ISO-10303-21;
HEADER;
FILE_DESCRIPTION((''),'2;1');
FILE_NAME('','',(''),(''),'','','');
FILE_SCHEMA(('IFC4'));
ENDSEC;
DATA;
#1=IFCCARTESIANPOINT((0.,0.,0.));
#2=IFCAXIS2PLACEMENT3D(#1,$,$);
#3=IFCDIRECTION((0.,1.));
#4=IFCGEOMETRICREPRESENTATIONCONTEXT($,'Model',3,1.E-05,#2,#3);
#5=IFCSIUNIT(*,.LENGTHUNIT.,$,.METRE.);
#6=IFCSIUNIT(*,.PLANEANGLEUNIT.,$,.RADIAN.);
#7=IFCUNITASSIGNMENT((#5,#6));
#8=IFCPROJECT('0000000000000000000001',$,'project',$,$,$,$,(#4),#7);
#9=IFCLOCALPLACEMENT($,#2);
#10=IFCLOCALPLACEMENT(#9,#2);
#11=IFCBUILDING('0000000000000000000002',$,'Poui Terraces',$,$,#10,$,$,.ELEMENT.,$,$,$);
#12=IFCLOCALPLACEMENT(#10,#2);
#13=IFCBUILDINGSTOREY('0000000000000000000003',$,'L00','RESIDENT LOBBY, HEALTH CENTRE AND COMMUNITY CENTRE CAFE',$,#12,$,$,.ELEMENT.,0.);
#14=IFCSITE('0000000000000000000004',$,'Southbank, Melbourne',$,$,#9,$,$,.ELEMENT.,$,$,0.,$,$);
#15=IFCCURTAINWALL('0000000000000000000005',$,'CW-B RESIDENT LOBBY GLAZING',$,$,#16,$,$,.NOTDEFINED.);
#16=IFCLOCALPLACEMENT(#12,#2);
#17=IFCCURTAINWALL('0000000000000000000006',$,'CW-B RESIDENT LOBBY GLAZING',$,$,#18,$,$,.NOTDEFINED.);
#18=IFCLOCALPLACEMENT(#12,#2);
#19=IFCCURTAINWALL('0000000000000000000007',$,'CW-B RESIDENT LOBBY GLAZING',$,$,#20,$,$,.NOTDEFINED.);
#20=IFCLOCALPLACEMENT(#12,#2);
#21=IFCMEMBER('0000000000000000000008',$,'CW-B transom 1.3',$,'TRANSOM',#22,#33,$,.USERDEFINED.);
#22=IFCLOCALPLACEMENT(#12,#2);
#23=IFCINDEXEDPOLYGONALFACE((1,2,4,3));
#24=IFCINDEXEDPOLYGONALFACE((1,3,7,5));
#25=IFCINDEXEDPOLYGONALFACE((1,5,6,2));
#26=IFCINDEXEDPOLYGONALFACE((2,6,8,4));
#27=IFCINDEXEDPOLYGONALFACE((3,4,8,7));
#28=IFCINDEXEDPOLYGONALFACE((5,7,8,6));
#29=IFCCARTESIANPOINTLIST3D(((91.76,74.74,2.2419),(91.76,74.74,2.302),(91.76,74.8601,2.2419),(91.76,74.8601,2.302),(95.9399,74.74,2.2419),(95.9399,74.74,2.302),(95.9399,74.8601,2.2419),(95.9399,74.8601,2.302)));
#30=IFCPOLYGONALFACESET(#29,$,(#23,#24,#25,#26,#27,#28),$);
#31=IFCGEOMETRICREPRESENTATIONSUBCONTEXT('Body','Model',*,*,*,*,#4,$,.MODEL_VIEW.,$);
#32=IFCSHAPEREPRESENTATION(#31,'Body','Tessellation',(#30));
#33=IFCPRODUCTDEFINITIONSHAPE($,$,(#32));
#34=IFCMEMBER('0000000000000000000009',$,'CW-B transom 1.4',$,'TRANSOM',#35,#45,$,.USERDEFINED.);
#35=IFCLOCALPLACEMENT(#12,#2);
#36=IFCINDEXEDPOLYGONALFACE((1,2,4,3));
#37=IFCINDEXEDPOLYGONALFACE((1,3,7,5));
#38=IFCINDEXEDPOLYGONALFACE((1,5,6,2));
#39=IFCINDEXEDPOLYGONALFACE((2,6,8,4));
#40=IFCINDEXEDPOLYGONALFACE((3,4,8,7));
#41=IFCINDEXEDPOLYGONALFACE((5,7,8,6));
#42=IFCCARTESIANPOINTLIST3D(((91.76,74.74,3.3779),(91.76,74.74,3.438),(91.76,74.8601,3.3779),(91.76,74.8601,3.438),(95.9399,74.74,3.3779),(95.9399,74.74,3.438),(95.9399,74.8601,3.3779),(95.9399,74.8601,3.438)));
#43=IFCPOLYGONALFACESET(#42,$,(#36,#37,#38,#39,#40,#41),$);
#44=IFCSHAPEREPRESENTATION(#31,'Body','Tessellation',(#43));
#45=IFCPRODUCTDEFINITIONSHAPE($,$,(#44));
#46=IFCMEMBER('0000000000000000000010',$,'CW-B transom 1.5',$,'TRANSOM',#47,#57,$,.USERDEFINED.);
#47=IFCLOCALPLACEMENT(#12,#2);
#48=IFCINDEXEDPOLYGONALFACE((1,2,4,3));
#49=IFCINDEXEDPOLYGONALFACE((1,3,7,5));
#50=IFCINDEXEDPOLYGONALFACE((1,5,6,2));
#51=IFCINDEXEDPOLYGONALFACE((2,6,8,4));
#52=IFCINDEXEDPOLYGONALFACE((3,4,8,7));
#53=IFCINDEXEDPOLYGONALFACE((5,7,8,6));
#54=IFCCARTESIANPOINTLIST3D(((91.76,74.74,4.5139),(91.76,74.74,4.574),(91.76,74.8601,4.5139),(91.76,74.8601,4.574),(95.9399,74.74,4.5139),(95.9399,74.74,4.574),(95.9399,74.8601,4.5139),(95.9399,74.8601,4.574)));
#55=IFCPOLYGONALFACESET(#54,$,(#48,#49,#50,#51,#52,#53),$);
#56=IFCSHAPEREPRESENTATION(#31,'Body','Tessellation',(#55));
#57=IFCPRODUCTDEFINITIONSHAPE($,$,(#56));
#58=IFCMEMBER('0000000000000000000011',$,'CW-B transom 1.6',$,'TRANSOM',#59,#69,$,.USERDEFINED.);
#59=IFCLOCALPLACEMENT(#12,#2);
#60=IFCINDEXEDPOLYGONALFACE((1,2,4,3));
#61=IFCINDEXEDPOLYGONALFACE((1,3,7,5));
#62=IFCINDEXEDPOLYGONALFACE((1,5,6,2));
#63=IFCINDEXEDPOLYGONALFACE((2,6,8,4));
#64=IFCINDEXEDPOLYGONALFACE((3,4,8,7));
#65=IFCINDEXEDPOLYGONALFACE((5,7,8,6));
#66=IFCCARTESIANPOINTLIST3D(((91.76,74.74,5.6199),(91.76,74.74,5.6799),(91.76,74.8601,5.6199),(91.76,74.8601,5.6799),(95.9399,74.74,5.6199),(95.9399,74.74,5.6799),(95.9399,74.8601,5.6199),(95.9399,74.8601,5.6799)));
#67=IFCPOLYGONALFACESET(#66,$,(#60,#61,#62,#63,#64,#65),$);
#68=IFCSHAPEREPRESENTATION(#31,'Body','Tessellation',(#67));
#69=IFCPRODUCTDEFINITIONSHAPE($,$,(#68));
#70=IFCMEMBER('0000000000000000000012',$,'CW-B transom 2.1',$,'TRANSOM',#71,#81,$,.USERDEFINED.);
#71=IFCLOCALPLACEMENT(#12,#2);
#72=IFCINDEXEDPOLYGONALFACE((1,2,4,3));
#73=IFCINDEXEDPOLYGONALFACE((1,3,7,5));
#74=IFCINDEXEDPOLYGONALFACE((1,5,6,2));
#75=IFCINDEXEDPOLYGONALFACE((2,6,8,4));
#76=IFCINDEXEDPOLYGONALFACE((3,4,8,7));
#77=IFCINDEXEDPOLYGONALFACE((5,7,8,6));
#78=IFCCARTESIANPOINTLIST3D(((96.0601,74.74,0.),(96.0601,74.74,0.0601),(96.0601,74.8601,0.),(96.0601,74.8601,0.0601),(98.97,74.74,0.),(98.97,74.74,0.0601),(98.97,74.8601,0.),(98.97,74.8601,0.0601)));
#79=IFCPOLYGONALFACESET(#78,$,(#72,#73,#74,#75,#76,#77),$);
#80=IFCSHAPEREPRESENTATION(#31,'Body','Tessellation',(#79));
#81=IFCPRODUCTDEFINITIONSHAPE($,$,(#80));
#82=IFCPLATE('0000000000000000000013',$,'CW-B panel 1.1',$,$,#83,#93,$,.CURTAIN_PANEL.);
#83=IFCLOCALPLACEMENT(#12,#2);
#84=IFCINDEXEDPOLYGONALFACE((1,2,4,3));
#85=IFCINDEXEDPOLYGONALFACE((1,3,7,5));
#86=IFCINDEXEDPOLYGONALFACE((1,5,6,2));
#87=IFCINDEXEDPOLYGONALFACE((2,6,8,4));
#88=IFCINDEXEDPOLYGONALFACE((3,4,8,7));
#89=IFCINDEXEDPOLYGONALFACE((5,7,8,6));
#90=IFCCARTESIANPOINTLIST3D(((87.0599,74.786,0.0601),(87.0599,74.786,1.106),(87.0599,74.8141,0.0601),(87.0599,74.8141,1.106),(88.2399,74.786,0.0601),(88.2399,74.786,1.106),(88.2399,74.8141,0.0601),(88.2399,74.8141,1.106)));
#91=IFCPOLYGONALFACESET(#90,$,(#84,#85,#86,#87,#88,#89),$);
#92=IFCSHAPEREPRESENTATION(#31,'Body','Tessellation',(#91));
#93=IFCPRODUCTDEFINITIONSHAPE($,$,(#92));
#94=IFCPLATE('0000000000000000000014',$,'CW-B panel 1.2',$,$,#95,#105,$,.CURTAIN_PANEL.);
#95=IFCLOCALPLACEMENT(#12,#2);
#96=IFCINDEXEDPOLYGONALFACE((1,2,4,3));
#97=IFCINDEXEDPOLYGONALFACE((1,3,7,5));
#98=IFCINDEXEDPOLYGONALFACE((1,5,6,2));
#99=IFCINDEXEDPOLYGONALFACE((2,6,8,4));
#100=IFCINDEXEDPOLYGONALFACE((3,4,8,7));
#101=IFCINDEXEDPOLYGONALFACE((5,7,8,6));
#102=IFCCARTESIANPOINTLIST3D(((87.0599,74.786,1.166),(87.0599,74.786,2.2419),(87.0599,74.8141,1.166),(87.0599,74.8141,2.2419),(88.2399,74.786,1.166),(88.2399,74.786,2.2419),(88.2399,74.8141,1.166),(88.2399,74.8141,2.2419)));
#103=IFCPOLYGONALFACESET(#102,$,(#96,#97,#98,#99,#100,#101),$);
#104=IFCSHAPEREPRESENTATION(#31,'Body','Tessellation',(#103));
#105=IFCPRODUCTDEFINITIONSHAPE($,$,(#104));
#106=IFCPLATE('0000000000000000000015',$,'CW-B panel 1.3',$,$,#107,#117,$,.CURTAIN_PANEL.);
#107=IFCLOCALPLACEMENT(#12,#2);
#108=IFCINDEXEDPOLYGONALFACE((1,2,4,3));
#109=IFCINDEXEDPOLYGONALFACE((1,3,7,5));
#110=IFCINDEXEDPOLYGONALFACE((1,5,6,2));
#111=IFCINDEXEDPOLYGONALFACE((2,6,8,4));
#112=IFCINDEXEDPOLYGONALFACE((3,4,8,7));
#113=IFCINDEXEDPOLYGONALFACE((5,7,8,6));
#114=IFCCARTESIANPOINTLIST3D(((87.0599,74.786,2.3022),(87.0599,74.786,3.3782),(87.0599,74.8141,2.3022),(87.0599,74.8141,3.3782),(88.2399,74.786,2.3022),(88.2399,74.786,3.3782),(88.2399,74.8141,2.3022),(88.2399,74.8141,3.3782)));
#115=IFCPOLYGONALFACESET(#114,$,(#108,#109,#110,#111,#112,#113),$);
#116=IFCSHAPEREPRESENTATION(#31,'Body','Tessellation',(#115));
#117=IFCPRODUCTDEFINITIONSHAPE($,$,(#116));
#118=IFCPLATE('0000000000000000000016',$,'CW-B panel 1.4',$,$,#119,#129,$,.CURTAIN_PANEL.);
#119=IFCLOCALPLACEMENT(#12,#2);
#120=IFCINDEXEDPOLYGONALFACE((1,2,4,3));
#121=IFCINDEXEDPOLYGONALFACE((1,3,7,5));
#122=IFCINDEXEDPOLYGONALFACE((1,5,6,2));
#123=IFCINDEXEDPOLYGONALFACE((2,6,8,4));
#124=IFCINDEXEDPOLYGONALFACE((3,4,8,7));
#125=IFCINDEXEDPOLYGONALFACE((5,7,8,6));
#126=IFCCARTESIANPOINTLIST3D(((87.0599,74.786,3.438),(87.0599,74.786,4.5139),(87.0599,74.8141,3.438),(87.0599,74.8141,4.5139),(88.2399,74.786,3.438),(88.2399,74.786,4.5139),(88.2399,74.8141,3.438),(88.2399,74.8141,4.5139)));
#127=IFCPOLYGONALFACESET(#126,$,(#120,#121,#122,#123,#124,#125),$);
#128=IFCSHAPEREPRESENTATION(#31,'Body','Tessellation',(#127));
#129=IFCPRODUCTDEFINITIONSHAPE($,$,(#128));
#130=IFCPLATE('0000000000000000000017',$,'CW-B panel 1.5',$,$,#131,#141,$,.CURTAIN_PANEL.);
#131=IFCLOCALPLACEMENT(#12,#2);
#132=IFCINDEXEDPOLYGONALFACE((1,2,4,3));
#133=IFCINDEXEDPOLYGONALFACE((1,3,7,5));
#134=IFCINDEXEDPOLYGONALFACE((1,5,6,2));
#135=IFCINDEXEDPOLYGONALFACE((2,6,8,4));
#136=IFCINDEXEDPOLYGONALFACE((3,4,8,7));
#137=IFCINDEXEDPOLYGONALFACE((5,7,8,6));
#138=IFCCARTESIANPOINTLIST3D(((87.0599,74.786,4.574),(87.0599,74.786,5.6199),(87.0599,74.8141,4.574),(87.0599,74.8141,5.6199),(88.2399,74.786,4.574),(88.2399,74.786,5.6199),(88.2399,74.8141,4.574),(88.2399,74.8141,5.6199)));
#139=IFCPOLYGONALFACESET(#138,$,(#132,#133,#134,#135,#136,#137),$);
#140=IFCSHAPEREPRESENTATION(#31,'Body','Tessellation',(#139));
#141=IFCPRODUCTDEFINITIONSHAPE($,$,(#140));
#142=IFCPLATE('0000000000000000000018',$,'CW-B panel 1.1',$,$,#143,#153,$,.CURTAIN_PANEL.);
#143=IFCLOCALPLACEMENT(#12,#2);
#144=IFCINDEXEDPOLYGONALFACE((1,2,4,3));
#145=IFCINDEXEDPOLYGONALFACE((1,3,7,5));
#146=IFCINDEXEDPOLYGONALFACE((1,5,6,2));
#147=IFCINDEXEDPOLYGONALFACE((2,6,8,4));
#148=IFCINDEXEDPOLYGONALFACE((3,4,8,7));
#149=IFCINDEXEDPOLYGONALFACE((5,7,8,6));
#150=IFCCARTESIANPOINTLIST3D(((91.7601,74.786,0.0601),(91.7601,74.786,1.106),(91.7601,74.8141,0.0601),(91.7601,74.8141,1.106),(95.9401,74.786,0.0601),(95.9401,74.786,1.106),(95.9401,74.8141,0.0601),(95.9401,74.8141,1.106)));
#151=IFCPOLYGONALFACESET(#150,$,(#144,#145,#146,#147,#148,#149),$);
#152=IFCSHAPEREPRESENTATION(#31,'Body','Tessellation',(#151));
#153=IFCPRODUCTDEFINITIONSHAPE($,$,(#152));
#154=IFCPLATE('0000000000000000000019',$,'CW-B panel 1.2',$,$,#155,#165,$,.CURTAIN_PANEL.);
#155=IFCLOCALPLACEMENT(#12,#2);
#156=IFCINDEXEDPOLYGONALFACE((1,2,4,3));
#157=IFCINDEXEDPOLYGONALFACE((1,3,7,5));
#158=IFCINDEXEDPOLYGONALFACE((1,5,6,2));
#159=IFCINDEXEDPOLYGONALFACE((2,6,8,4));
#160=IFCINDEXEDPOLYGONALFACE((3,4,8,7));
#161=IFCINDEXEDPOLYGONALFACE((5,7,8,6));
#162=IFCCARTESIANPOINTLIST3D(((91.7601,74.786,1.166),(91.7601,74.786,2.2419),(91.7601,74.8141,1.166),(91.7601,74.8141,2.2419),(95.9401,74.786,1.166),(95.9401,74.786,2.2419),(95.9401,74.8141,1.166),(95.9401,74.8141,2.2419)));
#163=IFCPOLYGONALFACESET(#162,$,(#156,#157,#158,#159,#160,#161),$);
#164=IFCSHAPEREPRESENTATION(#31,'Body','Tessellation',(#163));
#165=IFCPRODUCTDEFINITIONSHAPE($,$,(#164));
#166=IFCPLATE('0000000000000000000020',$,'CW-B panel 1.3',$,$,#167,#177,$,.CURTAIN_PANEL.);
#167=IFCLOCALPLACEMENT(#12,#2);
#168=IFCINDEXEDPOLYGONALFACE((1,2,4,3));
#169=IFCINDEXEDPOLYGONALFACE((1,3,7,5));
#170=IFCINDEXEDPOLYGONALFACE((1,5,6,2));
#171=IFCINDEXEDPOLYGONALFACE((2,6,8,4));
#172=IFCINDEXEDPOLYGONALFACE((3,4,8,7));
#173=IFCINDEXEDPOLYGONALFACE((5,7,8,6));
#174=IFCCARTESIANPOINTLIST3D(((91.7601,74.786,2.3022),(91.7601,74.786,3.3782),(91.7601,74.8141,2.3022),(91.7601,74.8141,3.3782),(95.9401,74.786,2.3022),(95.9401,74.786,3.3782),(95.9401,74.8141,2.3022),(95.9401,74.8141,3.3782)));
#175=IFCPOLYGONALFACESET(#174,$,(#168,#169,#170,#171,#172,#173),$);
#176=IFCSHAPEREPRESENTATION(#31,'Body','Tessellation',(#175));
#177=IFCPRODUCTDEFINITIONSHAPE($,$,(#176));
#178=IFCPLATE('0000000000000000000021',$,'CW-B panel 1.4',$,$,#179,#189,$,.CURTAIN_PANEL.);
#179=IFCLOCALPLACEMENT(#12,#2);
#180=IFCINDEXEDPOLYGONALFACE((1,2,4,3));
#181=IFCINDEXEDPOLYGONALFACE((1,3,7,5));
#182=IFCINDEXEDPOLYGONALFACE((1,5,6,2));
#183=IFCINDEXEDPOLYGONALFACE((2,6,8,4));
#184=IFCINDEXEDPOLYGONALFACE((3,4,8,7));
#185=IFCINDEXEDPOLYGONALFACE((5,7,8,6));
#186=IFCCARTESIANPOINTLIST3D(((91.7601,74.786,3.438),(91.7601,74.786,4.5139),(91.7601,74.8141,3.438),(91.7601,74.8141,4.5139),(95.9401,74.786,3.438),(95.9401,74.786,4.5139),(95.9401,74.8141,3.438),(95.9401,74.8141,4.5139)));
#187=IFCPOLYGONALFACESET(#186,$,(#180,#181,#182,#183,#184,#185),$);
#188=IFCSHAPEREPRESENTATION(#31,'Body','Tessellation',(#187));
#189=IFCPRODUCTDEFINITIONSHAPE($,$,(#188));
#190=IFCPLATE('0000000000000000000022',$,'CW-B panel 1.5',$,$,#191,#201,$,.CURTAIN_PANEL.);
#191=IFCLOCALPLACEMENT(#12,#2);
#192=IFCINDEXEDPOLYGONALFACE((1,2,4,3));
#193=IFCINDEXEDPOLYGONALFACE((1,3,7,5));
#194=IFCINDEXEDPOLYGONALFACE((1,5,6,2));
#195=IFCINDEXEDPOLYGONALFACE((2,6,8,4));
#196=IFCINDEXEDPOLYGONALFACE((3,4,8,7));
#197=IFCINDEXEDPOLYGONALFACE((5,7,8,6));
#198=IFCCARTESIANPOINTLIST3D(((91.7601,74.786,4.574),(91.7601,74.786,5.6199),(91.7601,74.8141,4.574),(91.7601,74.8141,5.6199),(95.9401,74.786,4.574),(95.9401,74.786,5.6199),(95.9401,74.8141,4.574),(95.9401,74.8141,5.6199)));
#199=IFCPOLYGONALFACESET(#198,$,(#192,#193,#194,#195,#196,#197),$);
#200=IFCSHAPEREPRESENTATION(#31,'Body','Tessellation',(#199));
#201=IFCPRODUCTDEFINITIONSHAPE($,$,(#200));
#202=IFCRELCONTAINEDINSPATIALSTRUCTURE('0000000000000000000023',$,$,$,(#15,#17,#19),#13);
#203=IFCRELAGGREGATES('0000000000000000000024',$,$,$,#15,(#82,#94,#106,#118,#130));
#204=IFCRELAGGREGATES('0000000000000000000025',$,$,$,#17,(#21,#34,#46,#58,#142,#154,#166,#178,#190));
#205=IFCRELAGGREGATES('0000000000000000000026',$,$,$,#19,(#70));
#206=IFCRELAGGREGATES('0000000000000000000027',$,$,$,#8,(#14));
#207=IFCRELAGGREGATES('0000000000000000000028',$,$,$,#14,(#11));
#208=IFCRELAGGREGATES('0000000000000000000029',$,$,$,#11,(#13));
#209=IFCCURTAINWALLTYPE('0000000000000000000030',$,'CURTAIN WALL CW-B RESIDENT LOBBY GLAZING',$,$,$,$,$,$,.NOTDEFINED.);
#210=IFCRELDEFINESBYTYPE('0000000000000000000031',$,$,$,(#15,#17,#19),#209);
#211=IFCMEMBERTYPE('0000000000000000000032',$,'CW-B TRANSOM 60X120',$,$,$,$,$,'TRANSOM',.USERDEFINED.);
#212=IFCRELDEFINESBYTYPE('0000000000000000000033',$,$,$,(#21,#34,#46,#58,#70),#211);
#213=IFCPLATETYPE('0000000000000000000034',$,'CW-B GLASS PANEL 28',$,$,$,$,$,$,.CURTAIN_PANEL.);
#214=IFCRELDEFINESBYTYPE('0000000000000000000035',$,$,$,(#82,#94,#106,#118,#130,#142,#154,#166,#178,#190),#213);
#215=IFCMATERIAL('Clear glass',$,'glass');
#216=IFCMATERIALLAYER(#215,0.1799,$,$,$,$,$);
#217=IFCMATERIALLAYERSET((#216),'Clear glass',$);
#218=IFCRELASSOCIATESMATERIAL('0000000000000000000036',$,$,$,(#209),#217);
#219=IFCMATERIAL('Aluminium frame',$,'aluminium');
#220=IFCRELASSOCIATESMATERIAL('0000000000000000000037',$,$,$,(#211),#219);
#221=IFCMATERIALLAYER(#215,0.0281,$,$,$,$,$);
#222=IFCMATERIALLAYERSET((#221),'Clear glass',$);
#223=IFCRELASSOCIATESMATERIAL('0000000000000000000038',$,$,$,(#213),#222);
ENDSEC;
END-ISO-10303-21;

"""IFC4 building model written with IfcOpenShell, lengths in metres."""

from ifc_helpers import new_model, si_unit, direction, frame, origin, origin_2d, place, context, subcontext, project, spatial, rectangle, extrude, material, layer, layer_set, material_profile, profile_set, type_object, element, aggregate, save


model = new_model("IFC4")

# Units and contexts
model_context = context("Model", 3, precision=1e-05, world=origin(), true_north=direction((0.0, 1.0)))
body_context = subcontext(model_context, "Body", "Model", "MODEL_VIEW")
ifc_project = project(units=[si_unit("LENGTHUNIT", "METRE"), si_unit("PLANEANGLEUNIT", "RADIAN")], contexts=[model_context])

# Site, building, storey
site_placement = place(None, origin())
site = spatial("IfcSite", under=ifc_project, at=site_placement, Name="Southbank, Melbourne", CompositionType="ELEMENT", RefElevation=0.0)
building_placement = place(site_placement, origin())
building = spatial("IfcBuilding", under=site, at=building_placement, Name="Poui Terraces", CompositionType="ELEMENT")
storey_placement = place(building_placement, origin())
storey = spatial("IfcBuildingStorey", under=building, at=storey_placement, Name="L00", Description="RESIDENT LOBBY, HEALTH CENTRE AND COMMUNITY CENTRE CAFE", CompositionType="ELEMENT", Elevation=0.0)

# Shared definitions
ifc_material_1 = material(Name="Clear glass", Category="glass")
ifc_layer_1 = layer(ifc_material_1, 0.1799)
ifc_layer_set_1 = layer_set([ifc_layer_1], Name="Clear glass")
curtain_wall_type = type_object("IfcCurtainWallType", Name="CURTAIN WALL CW-B RESIDENT LOBBY GLAZING", PredefinedType="NOTDEFINED", material=ifc_layer_set_1)
ifc_material_2 = material(Name="Aluminium frame", Category="aluminium")

# Curtain walls
curtain_wall_1_placement = place(storey_placement, origin())
curtain_wall_1 = element("IfcCurtainWall", 1, at=curtain_wall_1_placement, inside=storey, type_object=curtain_wall_type, Name="CW-B RESIDENT LOBBY GLAZING", PredefinedType="NOTDEFINED")
curtain_wall_2_placement = place(storey_placement, origin())
curtain_wall_2 = element("IfcCurtainWall", 2, at=curtain_wall_2_placement, inside=storey, type_object=curtain_wall_type, Name="CW-B RESIDENT LOBBY GLAZING", PredefinedType="NOTDEFINED")

# Curtain wall
curtain_wall_3_placement = place(storey_placement, origin())
curtain_wall_3 = element("IfcCurtainWall", 3, at=curtain_wall_3_placement, inside=storey, type_object=curtain_wall_type, Name="CW-B RESIDENT LOBBY GLAZING", PredefinedType="NOTDEFINED")

# Members
ifc_material_profile_1 = material_profile(ifc_material_2, rectangle(XDim=0.1201, YDim=0.0601, at=origin_2d()), Name="CW-B TRANSOM 60X120")
ifc_profile_set_1 = profile_set([ifc_material_profile_1], Name="Aluminium frame")
member_type_1 = type_object("IfcMemberType", Name="CW-B TRANSOM 60X120", ElementType="TRANSOM", PredefinedType="USERDEFINED", material=ifc_profile_set_1)
member_1_placement = place(storey_placement, frame((95.9399, 74.8, 2.272), z_axis=(-1.0, 0.0, 0.0), x_axis=(0.0, -1.0, 0.0)))
member_1 = element("IfcMember", 4, at=member_1_placement, type_object=member_type_1, Name="CW-B transom 1.3", ObjectType="TRANSOM", PredefinedType="USERDEFINED", context=body_context, shape_type="SweptSolid", body=[
    extrude(rectangle(XDim=0.1201, YDim=0.0601, at=origin_2d()), origin(), (0.0, 0.0, 1.0), 4.1799),
])
member_2_placement = place(storey_placement, frame((95.9399, 74.8, 3.408), z_axis=(-1.0, 0.0, 0.0), x_axis=(0.0, -1.0, 0.0)))
member_2 = element("IfcMember", 5, at=member_2_placement, type_object=member_type_1, Name="CW-B transom 1.4", ObjectType="TRANSOM", PredefinedType="USERDEFINED", context=body_context, shape_type="SweptSolid", body=[
    extrude(rectangle(XDim=0.1201, YDim=0.0601, at=origin_2d()), origin(), (0.0, 0.0, 1.0), 4.1799),
])
member_3_placement = place(storey_placement, frame((95.9399, 74.8, 4.5439), z_axis=(-1.0, 0.0, 0.0), x_axis=(0.0, -1.0, 0.0)))
member_3 = element("IfcMember", 6, at=member_3_placement, type_object=member_type_1, Name="CW-B transom 1.5", ObjectType="TRANSOM", PredefinedType="USERDEFINED", context=body_context, shape_type="SweptSolid", body=[
    extrude(rectangle(XDim=0.1201, YDim=0.0601, at=origin_2d()), origin(), (0.0, 0.0, 1.0), 4.1799),
])
member_4_placement = place(storey_placement, frame((95.9399, 74.8, 5.6499), z_axis=(-1.0, 0.0, 0.0), x_axis=(0.0, -1.0, 0.0)))
member_4 = element("IfcMember", 7, at=member_4_placement, type_object=member_type_1, Name="CW-B transom 1.6", ObjectType="TRANSOM", PredefinedType="USERDEFINED", context=body_context, shape_type="SweptSolid", body=[
    extrude(rectangle(XDim=0.1201, YDim=0.0601, at=origin_2d()), origin(), (0.0, 0.0, 1.0), 4.1799),
])
member_5_placement = place(storey_placement, frame((98.97, 74.8, 0.03), z_axis=(-1.0, 0.0, 0.0), x_axis=(0.0, -1.0, 0.0)))
member_5 = element("IfcMember", 8, at=member_5_placement, type_object=member_type_1, Name="CW-B transom 2.1", ObjectType="TRANSOM", PredefinedType="USERDEFINED", context=body_context, shape_type="SweptSolid", body=[
    extrude(rectangle(XDim=0.1201, YDim=0.0601, at=origin_2d()), origin(), (0.0, 0.0, 1.0), 2.9099),
])

# Plates
ifc_layer_2 = layer(ifc_material_1, 0.0281)
ifc_layer_set_2 = layer_set([ifc_layer_2], Name="Clear glass")
plate_type = type_object("IfcPlateType", Name="CW-B GLASS PANEL 28", PredefinedType="CURTAIN_PANEL", material=ifc_layer_set_2)
plate_1_placement = place(storey_placement, frame((87.6499, 74.8, 0.0601), z_axis=(0.0, 0.0, 1.0), x_axis=(-1.0, 0.0, 0.0)))
plate_1 = element("IfcPlate", 9, at=plate_1_placement, type_object=plate_type, Name="CW-B panel 1.1", PredefinedType="CURTAIN_PANEL", context=body_context, shape_type="SweptSolid", body=[
    extrude(rectangle(XDim=1.1799, YDim=0.0281, at=origin_2d()), origin(), (0.0, 0.0, 1.0), 1.0459),
])
plate_2_placement = place(storey_placement, frame((87.6499, 74.8, 1.166), z_axis=(0.0, 0.0, 1.0), x_axis=(-1.0, 0.0, 0.0)))
plate_2 = element("IfcPlate", 10, at=plate_2_placement, type_object=plate_type, Name="CW-B panel 1.2", PredefinedType="CURTAIN_PANEL", context=body_context, shape_type="SweptSolid", body=[
    extrude(rectangle(XDim=1.1799, YDim=0.0281, at=origin_2d()), origin(), (0.0, 0.0, 1.0), 1.0759),
])
plate_3_placement = place(storey_placement, frame((87.6499, 74.8, 2.3022), z_axis=(0.0, 0.0, 1.0), x_axis=(-1.0, 0.0, 0.0)))
plate_3 = element("IfcPlate", 11, at=plate_3_placement, type_object=plate_type, Name="CW-B panel 1.3", PredefinedType="CURTAIN_PANEL", context=body_context, shape_type="SweptSolid", body=[
    extrude(rectangle(XDim=1.1799, YDim=0.0281, at=origin_2d()), origin(), (0.0, 0.0, 1.0), 1.0759),
])
plate_4_placement = place(storey_placement, frame((87.6499, 74.8, 3.438), z_axis=(0.0, 0.0, 1.0), x_axis=(-1.0, 0.0, 0.0)))
plate_4 = element("IfcPlate", 12, at=plate_4_placement, type_object=plate_type, Name="CW-B panel 1.4", PredefinedType="CURTAIN_PANEL", context=body_context, shape_type="SweptSolid", body=[
    extrude(rectangle(XDim=1.1799, YDim=0.0281, at=origin_2d()), origin(), (0.0, 0.0, 1.0), 1.0759),
])
plate_5_placement = place(storey_placement, frame((87.6499, 74.8, 4.574), z_axis=(0.0, 0.0, 1.0), x_axis=(-1.0, 0.0, 0.0)))
plate_5 = element("IfcPlate", 13, at=plate_5_placement, type_object=plate_type, Name="CW-B panel 1.5", PredefinedType="CURTAIN_PANEL", context=body_context, shape_type="SweptSolid", body=[
    extrude(rectangle(XDim=1.1799, YDim=0.0281, at=origin_2d()), origin(), (0.0, 0.0, 1.0), 1.0459),
])
aggregate(curtain_wall_1, [plate_1, plate_2, plate_3, plate_4, plate_5])
plate_6_placement = place(storey_placement, frame((93.8501, 74.8, 0.0601), z_axis=(0.0, 0.0, 1.0), x_axis=(-1.0, 0.0, 0.0)))
plate_6 = element("IfcPlate", 14, at=plate_6_placement, type_object=plate_type, Name="CW-B panel 1.1", PredefinedType="CURTAIN_PANEL", context=body_context, shape_type="SweptSolid", body=[
    extrude(rectangle(XDim=4.1799, YDim=0.0281, at=origin_2d()), origin(), (0.0, 0.0, 1.0), 1.0459),
])
plate_7_placement = place(storey_placement, frame((93.8501, 74.8, 1.166), z_axis=(0.0, 0.0, 1.0), x_axis=(-1.0, 0.0, 0.0)))
plate_7 = element("IfcPlate", 15, at=plate_7_placement, type_object=plate_type, Name="CW-B panel 1.2", PredefinedType="CURTAIN_PANEL", context=body_context, shape_type="SweptSolid", body=[
    extrude(rectangle(XDim=4.1799, YDim=0.0281, at=origin_2d()), origin(), (0.0, 0.0, 1.0), 1.0759),
])
plate_8_placement = place(storey_placement, frame((93.8501, 74.8, 2.3022), z_axis=(0.0, 0.0, 1.0), x_axis=(-1.0, 0.0, 0.0)))
plate_8 = element("IfcPlate", 16, at=plate_8_placement, type_object=plate_type, Name="CW-B panel 1.3", PredefinedType="CURTAIN_PANEL", context=body_context, shape_type="SweptSolid", body=[
    extrude(rectangle(XDim=4.1799, YDim=0.0281, at=origin_2d()), origin(), (0.0, 0.0, 1.0), 1.0759),
])
plate_9_placement = place(storey_placement, frame((93.8501, 74.8, 3.438), z_axis=(0.0, 0.0, 1.0), x_axis=(-1.0, 0.0, 0.0)))
plate_9 = element("IfcPlate", 17, at=plate_9_placement, type_object=plate_type, Name="CW-B panel 1.4", PredefinedType="CURTAIN_PANEL", context=body_context, shape_type="SweptSolid", body=[
    extrude(rectangle(XDim=4.1799, YDim=0.0281, at=origin_2d()), origin(), (0.0, 0.0, 1.0), 1.0759),
])
plate_10_placement = place(storey_placement, frame((93.8501, 74.8, 4.574), z_axis=(0.0, 0.0, 1.0), x_axis=(-1.0, 0.0, 0.0)))
plate_10 = element("IfcPlate", 18, at=plate_10_placement, type_object=plate_type, Name="CW-B panel 1.5", PredefinedType="CURTAIN_PANEL", context=body_context, shape_type="SweptSolid", body=[
    extrude(rectangle(XDim=4.1799, YDim=0.0281, at=origin_2d()), origin(), (0.0, 0.0, 1.0), 1.0459),
])
aggregate(curtain_wall_2, [member_1, member_2, member_3, member_4, plate_6, plate_7, plate_8, plate_9, plate_10])
aggregate(curtain_wall_3, [member_5])

save(model, "model.ifc")
